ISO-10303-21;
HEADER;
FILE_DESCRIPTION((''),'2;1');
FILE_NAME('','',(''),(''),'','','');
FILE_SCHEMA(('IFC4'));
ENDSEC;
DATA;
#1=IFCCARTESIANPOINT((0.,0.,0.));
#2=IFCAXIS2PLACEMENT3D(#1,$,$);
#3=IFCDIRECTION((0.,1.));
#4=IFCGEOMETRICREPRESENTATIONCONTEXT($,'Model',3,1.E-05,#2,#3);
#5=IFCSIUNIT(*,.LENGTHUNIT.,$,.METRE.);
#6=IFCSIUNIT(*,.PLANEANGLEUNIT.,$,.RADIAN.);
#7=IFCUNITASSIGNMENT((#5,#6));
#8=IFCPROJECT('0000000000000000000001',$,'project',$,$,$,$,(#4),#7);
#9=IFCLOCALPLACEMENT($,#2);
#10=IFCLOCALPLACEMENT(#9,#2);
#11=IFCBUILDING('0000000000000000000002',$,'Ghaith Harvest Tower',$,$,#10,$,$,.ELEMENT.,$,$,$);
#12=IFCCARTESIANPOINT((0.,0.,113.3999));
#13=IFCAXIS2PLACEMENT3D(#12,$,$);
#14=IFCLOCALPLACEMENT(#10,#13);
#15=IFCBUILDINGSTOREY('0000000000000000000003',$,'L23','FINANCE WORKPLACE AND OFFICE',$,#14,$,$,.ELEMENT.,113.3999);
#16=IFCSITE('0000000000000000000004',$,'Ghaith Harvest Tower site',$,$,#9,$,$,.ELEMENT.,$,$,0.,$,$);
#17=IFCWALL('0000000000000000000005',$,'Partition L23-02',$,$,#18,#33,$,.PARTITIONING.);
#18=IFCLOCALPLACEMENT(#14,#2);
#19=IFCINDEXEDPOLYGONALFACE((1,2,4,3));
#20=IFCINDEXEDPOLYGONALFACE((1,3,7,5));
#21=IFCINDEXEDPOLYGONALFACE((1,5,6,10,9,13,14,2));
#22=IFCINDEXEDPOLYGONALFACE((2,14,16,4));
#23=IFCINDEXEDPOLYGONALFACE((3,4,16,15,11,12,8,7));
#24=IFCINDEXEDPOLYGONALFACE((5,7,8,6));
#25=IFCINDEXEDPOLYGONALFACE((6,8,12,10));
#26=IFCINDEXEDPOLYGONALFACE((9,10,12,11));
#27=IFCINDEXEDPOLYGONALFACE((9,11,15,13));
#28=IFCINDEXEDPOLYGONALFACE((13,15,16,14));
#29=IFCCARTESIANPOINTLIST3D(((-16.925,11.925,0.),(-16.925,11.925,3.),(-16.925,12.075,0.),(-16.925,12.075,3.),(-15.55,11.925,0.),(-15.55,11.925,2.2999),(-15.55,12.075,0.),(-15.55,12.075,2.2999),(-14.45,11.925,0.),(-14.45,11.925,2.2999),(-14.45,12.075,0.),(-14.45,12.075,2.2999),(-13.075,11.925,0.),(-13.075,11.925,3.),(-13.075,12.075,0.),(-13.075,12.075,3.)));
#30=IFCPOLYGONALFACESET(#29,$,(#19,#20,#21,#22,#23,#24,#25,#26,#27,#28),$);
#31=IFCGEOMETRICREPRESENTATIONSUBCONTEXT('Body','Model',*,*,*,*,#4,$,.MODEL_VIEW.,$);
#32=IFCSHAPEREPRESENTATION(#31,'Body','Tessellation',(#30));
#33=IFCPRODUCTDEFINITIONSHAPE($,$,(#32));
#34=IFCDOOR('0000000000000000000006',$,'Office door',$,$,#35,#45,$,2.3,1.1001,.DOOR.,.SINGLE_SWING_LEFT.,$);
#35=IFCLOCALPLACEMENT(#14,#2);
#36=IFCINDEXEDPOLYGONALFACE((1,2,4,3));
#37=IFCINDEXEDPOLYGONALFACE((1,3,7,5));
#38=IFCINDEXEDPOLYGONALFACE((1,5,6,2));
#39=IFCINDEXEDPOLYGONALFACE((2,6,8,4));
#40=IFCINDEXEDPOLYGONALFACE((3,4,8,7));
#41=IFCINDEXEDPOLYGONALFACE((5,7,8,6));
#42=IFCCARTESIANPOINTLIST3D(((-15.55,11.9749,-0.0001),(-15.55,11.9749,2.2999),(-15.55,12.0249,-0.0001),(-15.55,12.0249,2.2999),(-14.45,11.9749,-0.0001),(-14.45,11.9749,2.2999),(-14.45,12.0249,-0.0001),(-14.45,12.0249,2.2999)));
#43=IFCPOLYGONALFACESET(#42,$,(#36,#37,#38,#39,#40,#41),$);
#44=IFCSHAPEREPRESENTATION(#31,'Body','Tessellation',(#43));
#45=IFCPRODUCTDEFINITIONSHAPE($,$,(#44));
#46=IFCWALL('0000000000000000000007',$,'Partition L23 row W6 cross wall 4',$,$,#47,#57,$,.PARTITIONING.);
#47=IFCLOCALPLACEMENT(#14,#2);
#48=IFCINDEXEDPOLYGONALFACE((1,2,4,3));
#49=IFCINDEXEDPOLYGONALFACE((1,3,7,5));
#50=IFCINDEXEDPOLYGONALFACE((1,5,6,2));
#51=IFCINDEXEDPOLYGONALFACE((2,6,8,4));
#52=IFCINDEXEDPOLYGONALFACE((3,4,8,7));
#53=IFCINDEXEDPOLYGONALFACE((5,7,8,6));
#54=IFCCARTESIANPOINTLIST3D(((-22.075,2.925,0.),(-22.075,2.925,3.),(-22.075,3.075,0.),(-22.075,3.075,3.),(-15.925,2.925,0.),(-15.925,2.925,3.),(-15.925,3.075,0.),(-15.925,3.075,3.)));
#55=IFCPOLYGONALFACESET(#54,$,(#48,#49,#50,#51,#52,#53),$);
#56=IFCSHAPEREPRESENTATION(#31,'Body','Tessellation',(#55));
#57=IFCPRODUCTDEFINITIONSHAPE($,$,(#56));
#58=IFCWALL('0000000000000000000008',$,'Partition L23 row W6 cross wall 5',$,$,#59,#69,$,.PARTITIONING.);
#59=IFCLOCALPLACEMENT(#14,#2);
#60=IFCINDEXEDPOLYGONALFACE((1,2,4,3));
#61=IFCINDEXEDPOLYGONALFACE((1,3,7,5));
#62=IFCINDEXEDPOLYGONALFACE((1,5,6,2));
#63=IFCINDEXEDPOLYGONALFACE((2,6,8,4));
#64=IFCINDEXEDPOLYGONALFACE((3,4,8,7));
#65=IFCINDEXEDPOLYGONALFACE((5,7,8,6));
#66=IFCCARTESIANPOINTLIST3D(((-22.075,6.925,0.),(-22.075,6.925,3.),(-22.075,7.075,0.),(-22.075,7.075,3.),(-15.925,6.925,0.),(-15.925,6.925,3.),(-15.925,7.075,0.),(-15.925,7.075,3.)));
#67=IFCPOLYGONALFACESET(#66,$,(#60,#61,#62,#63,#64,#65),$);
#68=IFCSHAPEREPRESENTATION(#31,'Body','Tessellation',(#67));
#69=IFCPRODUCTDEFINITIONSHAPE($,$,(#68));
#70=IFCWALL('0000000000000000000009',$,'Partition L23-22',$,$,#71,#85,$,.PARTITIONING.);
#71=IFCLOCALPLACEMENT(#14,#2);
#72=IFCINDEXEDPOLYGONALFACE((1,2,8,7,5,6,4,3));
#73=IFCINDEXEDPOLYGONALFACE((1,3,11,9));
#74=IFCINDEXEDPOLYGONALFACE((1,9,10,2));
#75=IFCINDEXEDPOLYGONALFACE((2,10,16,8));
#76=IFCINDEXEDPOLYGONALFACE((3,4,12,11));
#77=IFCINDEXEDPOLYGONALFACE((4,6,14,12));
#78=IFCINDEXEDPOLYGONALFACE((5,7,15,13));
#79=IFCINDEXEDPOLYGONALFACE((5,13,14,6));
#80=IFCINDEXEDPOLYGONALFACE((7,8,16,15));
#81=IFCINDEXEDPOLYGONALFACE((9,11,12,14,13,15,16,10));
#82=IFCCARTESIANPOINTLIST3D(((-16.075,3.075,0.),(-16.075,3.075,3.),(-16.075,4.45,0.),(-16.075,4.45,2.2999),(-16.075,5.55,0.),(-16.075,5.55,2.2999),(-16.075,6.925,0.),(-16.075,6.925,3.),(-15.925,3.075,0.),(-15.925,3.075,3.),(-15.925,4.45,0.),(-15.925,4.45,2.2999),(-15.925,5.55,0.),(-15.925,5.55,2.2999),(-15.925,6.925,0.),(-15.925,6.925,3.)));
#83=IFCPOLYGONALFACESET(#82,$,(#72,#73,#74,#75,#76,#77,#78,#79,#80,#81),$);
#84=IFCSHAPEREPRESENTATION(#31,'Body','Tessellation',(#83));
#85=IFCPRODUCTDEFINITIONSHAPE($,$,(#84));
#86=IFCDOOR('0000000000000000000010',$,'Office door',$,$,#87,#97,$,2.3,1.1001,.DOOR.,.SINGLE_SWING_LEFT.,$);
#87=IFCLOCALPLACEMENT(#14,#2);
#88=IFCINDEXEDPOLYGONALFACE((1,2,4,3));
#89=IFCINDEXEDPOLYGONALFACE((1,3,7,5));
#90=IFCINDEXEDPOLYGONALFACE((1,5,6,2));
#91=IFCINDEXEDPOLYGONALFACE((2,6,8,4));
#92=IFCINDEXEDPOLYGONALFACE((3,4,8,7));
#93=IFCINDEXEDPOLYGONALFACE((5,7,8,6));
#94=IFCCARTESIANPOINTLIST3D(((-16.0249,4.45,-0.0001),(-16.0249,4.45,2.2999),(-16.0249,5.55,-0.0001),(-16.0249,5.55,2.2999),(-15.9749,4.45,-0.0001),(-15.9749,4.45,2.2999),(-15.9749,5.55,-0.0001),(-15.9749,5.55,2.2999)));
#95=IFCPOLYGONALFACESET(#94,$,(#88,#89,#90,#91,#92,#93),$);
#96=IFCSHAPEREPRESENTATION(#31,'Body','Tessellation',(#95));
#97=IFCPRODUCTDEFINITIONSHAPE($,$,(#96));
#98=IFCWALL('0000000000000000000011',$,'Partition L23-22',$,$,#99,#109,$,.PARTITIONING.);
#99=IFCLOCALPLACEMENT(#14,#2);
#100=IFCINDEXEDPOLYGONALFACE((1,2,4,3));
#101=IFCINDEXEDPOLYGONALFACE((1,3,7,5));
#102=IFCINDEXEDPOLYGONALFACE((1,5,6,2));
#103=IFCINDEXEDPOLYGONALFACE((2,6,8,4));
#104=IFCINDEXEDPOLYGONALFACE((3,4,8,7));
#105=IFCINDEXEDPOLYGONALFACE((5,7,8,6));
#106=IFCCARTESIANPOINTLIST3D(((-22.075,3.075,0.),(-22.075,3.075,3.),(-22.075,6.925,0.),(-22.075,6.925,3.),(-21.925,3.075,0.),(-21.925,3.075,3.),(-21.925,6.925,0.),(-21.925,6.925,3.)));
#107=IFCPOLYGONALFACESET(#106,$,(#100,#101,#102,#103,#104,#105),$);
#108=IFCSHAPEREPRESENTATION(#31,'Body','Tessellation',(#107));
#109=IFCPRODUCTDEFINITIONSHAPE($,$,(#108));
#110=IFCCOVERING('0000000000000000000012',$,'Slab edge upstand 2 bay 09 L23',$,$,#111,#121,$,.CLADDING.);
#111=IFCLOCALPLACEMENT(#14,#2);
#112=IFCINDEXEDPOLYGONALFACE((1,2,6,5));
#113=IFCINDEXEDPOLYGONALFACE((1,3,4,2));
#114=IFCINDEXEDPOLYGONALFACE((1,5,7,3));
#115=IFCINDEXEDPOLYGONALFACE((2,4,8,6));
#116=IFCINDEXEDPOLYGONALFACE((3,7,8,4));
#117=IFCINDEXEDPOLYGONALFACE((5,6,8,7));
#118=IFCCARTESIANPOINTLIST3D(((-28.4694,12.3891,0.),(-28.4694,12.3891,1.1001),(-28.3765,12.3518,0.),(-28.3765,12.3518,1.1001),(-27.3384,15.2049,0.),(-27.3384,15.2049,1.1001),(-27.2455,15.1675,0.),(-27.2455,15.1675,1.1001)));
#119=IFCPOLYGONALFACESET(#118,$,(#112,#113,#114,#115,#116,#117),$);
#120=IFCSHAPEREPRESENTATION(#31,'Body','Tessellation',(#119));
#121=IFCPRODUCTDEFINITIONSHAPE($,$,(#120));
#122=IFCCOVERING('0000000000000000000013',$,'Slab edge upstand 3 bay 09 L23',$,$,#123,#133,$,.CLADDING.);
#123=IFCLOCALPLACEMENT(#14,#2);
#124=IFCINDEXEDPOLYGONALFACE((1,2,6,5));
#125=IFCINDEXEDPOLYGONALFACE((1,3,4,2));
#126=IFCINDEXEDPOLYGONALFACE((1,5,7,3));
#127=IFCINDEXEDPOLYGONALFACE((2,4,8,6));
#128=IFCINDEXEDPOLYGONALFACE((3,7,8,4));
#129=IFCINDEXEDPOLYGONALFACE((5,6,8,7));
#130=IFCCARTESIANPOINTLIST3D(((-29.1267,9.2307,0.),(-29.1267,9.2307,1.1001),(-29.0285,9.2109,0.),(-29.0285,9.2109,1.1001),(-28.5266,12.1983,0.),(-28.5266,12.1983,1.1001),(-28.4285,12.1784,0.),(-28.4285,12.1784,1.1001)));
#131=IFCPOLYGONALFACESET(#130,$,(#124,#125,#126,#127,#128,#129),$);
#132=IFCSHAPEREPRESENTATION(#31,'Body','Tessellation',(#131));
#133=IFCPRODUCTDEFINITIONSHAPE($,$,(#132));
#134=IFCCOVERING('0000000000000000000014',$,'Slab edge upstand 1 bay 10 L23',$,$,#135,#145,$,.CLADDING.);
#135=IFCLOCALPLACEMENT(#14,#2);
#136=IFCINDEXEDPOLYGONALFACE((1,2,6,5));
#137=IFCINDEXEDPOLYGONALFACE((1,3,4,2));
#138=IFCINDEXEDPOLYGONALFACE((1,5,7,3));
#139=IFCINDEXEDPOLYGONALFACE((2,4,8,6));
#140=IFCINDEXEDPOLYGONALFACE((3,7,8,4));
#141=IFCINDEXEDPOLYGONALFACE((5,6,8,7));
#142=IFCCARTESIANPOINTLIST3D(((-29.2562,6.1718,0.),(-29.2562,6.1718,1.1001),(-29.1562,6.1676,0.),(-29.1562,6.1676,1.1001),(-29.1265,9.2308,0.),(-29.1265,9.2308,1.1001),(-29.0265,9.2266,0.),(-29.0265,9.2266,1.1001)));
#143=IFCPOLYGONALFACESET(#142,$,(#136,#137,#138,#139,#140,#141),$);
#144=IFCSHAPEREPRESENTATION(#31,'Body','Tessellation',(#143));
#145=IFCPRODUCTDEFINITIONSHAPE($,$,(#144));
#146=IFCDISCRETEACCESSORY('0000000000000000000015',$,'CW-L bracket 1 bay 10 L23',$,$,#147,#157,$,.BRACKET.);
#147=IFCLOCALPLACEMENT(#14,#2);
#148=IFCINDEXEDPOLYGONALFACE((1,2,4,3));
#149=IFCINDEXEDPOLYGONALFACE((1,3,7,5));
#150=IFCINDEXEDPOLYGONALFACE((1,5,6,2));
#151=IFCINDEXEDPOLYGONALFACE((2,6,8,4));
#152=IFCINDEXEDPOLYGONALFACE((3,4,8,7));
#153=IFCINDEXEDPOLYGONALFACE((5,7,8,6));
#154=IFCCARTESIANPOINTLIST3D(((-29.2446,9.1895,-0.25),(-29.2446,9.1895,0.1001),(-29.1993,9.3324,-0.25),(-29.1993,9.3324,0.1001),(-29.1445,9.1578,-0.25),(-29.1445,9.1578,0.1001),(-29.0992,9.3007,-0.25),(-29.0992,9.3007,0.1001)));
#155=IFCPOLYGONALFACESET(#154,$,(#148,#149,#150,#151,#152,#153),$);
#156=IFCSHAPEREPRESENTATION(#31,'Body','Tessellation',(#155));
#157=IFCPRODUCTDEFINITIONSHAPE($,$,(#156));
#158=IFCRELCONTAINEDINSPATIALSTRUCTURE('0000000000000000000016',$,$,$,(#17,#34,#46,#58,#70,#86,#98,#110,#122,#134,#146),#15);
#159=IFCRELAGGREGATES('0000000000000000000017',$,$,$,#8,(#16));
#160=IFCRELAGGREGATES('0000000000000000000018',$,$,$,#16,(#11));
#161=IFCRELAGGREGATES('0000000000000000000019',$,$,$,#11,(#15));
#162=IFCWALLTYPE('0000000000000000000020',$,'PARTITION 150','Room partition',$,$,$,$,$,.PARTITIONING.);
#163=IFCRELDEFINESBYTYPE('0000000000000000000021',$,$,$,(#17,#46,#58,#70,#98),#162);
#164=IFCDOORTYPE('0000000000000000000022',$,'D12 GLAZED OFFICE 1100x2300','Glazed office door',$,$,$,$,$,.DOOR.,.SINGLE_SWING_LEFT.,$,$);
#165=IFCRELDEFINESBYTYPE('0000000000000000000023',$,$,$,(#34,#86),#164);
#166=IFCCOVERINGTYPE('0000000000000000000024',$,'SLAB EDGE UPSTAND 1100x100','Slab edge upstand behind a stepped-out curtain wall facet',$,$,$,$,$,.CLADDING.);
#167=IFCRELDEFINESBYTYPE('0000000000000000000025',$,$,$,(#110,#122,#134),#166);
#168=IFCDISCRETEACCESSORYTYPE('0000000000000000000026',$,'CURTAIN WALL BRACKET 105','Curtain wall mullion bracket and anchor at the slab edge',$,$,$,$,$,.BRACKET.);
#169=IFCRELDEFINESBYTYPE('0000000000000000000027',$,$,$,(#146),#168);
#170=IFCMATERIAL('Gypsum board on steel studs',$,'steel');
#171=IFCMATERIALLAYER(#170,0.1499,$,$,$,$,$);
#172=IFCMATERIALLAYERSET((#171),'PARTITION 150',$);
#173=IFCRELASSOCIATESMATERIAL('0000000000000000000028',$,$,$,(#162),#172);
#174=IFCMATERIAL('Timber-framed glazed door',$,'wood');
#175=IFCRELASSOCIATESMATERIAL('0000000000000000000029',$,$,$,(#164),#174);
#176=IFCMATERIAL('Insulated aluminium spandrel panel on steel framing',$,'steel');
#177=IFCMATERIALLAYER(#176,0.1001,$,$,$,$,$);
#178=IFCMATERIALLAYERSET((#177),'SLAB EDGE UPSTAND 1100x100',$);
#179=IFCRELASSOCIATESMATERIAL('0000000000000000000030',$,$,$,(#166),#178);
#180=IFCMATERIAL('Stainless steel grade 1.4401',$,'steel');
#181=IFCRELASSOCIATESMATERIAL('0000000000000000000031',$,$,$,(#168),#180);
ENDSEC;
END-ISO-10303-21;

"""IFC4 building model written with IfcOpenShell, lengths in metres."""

from ifc_helpers import new_model, si_unit, direction, frame, frame_2d, origin, origin_2d, place, context, subcontext, project, spatial, rectangle, extrude, material, layer, layer_set, type_object, element, fill, save


model = new_model("IFC4")

# Units and contexts
model_context = context("Model", 3, precision=1e-05, world=origin(), true_north=direction((0.0, 1.0)))
body_context = subcontext(model_context, "Body", "Model", "MODEL_VIEW")
ifc_project = project(units=[si_unit("LENGTHUNIT", "METRE"), si_unit("PLANEANGLEUNIT", "RADIAN")], contexts=[model_context])

# Site, building, storey
site_placement = place(None, origin())
site = spatial("IfcSite", under=ifc_project, at=site_placement, Name="Ghaith Harvest Tower site", CompositionType="ELEMENT", RefElevation=0.0)
building_placement = place(site_placement, origin())
building = spatial("IfcBuilding", under=site, at=building_placement, Name="Ghaith Harvest Tower", CompositionType="ELEMENT")
storey_placement = place(building_placement, frame((0.0, 0.0, 113.3999)))
storey = spatial("IfcBuildingStorey", under=building, at=storey_placement, Name="L23", Description="FINANCE WORKPLACE AND OFFICE", CompositionType="ELEMENT", Elevation=113.3999)

# Shared definitions
ifc_material_1 = material(Name="Gypsum board on steel studs", Category="steel")
ifc_layer_1 = layer(ifc_material_1, 0.1499)
ifc_layer_set_1 = layer_set([ifc_layer_1], Name="PARTITION 150")
wall_type = type_object("IfcWallType", Name="PARTITION 150", Description="Room partition", PredefinedType="PARTITIONING", material=ifc_layer_set_1)

# Wall, opening, door
ifc_material_2 = material(Name="Timber-framed glazed door", Category="wood")
door_type = type_object("IfcDoorType", Name="D12 GLAZED OFFICE 1100x2300", Description="Glazed office door", OperationType="SINGLE_SWING_LEFT", PredefinedType="DOOR", material=ifc_material_2)
wall_1_placement = place(storey_placement, frame((-16.925, 12.0, 0.0), z_axis=(0.0, 0.0, 1.0), x_axis=(1.0, 0.0, 0.0)))
wall_1 = element("IfcWall", 1, at=wall_1_placement, inside=storey, type_object=wall_type, Name="Partition L23-02", PredefinedType="PARTITIONING", context=body_context, shape_type="SweptSolid", body=[
    extrude(rectangle(XDim=3.8501, YDim=0.1499, at=frame_2d((1.925, 0.0))), origin(), (0.0, 0.0, 1.0), 3.0),
])
opening_1_placement = place(wall_1_placement, frame((1.375, 0.0, 0.0)))
opening_1 = element("IfcOpeningElement", 2, at=opening_1_placement, cuts=wall_1, PredefinedType="OPENING", context=body_context, shape_type="SweptSolid", body=[
    extrude(rectangle(XDim=1.1001, YDim=2.3, at=frame_2d((0.55, 1.1499))), frame((0.0, 0.085, 0.0), z_axis=(0.0, -1.0, 0.0), x_axis=(1.0, 0.0, 0.0)), (0.0, 0.0, 1.0), 0.1699),
])
door_1_placement = place(opening_1_placement, origin())
door_1 = element("IfcDoor", 3, at=door_1_placement, inside=storey, type_object=door_type, Name="Office door", OperationType="SINGLE_SWING_LEFT", OverallHeight=2.3, OverallWidth=1.1001, PredefinedType="DOOR", context=body_context, shape_type="SweptSolid", body=[
    extrude(rectangle(XDim=1.1001, YDim=2.3, at=frame_2d((0.55, 1.1499))), frame((0.0, 0.0249, 0.0), z_axis=(0.0, -1.0, 0.0), x_axis=(1.0, 0.0, 0.0)), (0.0, 0.0, 1.0), 0.05),
])
fill(opening_1, door_1)

# Walls
for number, where, z_axis, x_axis, name in (
    (4, (-15.925, 3.0, 0.0), (0.0, 0.0, 1.0), (-1.0, 0.0, 0.0), "Partition L23 row W6 cross wall 4"),
    (5, (-15.925, 7.0, 0.0), (0.0, 0.0, 1.0), (-1.0, 0.0, 0.0), "Partition L23 row W6 cross wall 5"),
):
    element("IfcWall", number, at=place(storey_placement, frame(where, z_axis=z_axis, x_axis=x_axis)), inside=storey, type_object=wall_type, Name=name, PredefinedType="PARTITIONING", context=body_context, shape_type="SweptSolid", body=[
        extrude(rectangle(XDim=6.1499, YDim=0.1499, at=frame_2d((3.075, 0.0))), origin(), (0.0, 0.0, 1.0), 3.0),
    ])

# Wall, opening, door
wall_2_placement = place(storey_placement, frame((-16.0, 3.075, 0.0), z_axis=(0.0, 0.0, 1.0), x_axis=(0.0, 1.0, 0.0)))
wall_2 = element("IfcWall", 6, at=wall_2_placement, inside=storey, type_object=wall_type, Name="Partition L23-22", PredefinedType="PARTITIONING", context=body_context, shape_type="SweptSolid", body=[
    extrude(rectangle(XDim=3.8501, YDim=0.1499, at=frame_2d((1.925, 0.0))), origin(), (0.0, 0.0, 1.0), 3.0),
])
opening_2_placement = place(wall_2_placement, frame((1.375, 0.0, 0.0)))
opening_2 = element("IfcOpeningElement", 7, at=opening_2_placement, cuts=wall_2, PredefinedType="OPENING", context=body_context, shape_type="SweptSolid", body=[
    extrude(rectangle(XDim=1.1001, YDim=2.3, at=frame_2d((0.55, 1.1499))), frame((0.0, 0.085, 0.0), z_axis=(0.0, -1.0, 0.0), x_axis=(1.0, 0.0, 0.0)), (0.0, 0.0, 1.0), 0.1699),
])
door_2_placement = place(opening_2_placement, origin())
door_2 = element("IfcDoor", 8, at=door_2_placement, inside=storey, type_object=door_type, Name="Office door", OperationType="SINGLE_SWING_LEFT", OverallHeight=2.3, OverallWidth=1.1001, PredefinedType="DOOR", context=body_context, shape_type="SweptSolid", body=[
    extrude(rectangle(XDim=1.1001, YDim=2.3, at=frame_2d((0.55, 1.1499))), frame((0.0, 0.0249, 0.0), z_axis=(0.0, -1.0, 0.0), x_axis=(1.0, 0.0, 0.0)), (0.0, 0.0, 1.0), 0.05),
])
fill(opening_2, door_2)

# Wall
wall_3_placement = place(storey_placement, frame((-22.0, 3.075, 0.0), z_axis=(0.0, 0.0, 1.0), x_axis=(0.0, 1.0, 0.0)))
element("IfcWall", 9, at=wall_3_placement, inside=storey, type_object=wall_type, Name="Partition L23-22", PredefinedType="PARTITIONING", context=body_context, shape_type="SweptSolid", body=[
    extrude(rectangle(XDim=3.8501, YDim=0.1499, at=frame_2d((1.925, 0.0))), origin(), (0.0, 0.0, 1.0), 3.0),
])

# Coverings
ifc_material_3 = material(Name="Insulated aluminium spandrel panel on steel framing", Category="steel")
ifc_layer_2 = layer(ifc_material_3, 0.1001)
ifc_layer_set_2 = layer_set([ifc_layer_2], Name="SLAB EDGE UPSTAND 1100x100")
covering_type = type_object("IfcCoveringType", Name="SLAB EDGE UPSTAND 1100x100", Description="Slab edge upstand behind a stepped-out curtain wall facet", PredefinedType="CLADDING", material=ifc_layer_set_2)
covering_1_placement = place(storey_placement, frame((-27.8574, 13.7783, 0.0), z_axis=(0.0, 0.0, 1.0), x_axis=(-0.372732, -0.927939, 0.0)))
element("IfcCovering", 10, at=covering_1_placement, inside=storey, type_object=covering_type, Name="Slab edge upstand 2 bay 09 L23", PredefinedType="CLADDING", context=body_context, shape_type="SweptSolid", body=[
    extrude(rectangle(XDim=3.0344, YDim=0.1001, at=origin_2d()), origin(), (0.0, 0.0, 1.0), 1.1001),
])
covering_2_placement = place(storey_placement, frame((-28.7776, 10.7046, 0.0), z_axis=(0.0, 0.0, 1.0), x_axis=(-0.198183, -0.980165, 0.0)))
element("IfcCovering", 11, at=covering_2_placement, inside=storey, type_object=covering_type, Name="Slab edge upstand 3 bay 09 L23", PredefinedType="CLADDING", context=body_context, shape_type="SweptSolid", body=[
    extrude(rectangle(XDim=3.0276, YDim=0.1001, at=origin_2d()), origin(), (0.0, 0.0, 1.0), 1.1001),
])
covering_3_placement = place(storey_placement, frame((-29.1414, 7.6992, 0.0), z_axis=(0.0, 0.0, 1.0), x_axis=(-0.042373, -0.999102, 0.0)))
element("IfcCovering", 12, at=covering_3_placement, inside=storey, type_object=covering_type, Name="Slab edge upstand 1 bay 10 L23", PredefinedType="CLADDING", context=body_context, shape_type="SweptSolid", body=[
    extrude(rectangle(XDim=3.0618, YDim=0.1001, at=origin_2d()), origin(), (0.0, 0.0, 1.0), 1.1001),
])

# Discrete accessory
ifc_material_4 = material(Name="Stainless steel grade 1.4401", Category="steel")
discrete_accessory_type = type_object("IfcDiscreteAccessoryType", Name="CURTAIN WALL BRACKET 105", Description="Curtain wall mullion bracket and anchor at the slab edge", PredefinedType="BRACKET", material=ifc_material_4)
discrete_accessory_placement = place(storey_placement, frame((-29.1719, 9.2451, -0.25), z_axis=(0.0, 0.0, 1.0), x_axis=(-0.953273, 0.30211, 0.0)))
element("IfcDiscreteAccessory", 13, at=discrete_accessory_placement, inside=storey, type_object=discrete_accessory_type, Name="CW-L bracket 1 bay 10 L23", PredefinedType="BRACKET", context=body_context, shape_type="SweptSolid", body=[
    extrude(rectangle(XDim=0.105, YDim=0.1499, at=origin_2d()), origin(), (0.0, 0.0, 1.0), 0.3501),
])

save(model, "model.ifc")
